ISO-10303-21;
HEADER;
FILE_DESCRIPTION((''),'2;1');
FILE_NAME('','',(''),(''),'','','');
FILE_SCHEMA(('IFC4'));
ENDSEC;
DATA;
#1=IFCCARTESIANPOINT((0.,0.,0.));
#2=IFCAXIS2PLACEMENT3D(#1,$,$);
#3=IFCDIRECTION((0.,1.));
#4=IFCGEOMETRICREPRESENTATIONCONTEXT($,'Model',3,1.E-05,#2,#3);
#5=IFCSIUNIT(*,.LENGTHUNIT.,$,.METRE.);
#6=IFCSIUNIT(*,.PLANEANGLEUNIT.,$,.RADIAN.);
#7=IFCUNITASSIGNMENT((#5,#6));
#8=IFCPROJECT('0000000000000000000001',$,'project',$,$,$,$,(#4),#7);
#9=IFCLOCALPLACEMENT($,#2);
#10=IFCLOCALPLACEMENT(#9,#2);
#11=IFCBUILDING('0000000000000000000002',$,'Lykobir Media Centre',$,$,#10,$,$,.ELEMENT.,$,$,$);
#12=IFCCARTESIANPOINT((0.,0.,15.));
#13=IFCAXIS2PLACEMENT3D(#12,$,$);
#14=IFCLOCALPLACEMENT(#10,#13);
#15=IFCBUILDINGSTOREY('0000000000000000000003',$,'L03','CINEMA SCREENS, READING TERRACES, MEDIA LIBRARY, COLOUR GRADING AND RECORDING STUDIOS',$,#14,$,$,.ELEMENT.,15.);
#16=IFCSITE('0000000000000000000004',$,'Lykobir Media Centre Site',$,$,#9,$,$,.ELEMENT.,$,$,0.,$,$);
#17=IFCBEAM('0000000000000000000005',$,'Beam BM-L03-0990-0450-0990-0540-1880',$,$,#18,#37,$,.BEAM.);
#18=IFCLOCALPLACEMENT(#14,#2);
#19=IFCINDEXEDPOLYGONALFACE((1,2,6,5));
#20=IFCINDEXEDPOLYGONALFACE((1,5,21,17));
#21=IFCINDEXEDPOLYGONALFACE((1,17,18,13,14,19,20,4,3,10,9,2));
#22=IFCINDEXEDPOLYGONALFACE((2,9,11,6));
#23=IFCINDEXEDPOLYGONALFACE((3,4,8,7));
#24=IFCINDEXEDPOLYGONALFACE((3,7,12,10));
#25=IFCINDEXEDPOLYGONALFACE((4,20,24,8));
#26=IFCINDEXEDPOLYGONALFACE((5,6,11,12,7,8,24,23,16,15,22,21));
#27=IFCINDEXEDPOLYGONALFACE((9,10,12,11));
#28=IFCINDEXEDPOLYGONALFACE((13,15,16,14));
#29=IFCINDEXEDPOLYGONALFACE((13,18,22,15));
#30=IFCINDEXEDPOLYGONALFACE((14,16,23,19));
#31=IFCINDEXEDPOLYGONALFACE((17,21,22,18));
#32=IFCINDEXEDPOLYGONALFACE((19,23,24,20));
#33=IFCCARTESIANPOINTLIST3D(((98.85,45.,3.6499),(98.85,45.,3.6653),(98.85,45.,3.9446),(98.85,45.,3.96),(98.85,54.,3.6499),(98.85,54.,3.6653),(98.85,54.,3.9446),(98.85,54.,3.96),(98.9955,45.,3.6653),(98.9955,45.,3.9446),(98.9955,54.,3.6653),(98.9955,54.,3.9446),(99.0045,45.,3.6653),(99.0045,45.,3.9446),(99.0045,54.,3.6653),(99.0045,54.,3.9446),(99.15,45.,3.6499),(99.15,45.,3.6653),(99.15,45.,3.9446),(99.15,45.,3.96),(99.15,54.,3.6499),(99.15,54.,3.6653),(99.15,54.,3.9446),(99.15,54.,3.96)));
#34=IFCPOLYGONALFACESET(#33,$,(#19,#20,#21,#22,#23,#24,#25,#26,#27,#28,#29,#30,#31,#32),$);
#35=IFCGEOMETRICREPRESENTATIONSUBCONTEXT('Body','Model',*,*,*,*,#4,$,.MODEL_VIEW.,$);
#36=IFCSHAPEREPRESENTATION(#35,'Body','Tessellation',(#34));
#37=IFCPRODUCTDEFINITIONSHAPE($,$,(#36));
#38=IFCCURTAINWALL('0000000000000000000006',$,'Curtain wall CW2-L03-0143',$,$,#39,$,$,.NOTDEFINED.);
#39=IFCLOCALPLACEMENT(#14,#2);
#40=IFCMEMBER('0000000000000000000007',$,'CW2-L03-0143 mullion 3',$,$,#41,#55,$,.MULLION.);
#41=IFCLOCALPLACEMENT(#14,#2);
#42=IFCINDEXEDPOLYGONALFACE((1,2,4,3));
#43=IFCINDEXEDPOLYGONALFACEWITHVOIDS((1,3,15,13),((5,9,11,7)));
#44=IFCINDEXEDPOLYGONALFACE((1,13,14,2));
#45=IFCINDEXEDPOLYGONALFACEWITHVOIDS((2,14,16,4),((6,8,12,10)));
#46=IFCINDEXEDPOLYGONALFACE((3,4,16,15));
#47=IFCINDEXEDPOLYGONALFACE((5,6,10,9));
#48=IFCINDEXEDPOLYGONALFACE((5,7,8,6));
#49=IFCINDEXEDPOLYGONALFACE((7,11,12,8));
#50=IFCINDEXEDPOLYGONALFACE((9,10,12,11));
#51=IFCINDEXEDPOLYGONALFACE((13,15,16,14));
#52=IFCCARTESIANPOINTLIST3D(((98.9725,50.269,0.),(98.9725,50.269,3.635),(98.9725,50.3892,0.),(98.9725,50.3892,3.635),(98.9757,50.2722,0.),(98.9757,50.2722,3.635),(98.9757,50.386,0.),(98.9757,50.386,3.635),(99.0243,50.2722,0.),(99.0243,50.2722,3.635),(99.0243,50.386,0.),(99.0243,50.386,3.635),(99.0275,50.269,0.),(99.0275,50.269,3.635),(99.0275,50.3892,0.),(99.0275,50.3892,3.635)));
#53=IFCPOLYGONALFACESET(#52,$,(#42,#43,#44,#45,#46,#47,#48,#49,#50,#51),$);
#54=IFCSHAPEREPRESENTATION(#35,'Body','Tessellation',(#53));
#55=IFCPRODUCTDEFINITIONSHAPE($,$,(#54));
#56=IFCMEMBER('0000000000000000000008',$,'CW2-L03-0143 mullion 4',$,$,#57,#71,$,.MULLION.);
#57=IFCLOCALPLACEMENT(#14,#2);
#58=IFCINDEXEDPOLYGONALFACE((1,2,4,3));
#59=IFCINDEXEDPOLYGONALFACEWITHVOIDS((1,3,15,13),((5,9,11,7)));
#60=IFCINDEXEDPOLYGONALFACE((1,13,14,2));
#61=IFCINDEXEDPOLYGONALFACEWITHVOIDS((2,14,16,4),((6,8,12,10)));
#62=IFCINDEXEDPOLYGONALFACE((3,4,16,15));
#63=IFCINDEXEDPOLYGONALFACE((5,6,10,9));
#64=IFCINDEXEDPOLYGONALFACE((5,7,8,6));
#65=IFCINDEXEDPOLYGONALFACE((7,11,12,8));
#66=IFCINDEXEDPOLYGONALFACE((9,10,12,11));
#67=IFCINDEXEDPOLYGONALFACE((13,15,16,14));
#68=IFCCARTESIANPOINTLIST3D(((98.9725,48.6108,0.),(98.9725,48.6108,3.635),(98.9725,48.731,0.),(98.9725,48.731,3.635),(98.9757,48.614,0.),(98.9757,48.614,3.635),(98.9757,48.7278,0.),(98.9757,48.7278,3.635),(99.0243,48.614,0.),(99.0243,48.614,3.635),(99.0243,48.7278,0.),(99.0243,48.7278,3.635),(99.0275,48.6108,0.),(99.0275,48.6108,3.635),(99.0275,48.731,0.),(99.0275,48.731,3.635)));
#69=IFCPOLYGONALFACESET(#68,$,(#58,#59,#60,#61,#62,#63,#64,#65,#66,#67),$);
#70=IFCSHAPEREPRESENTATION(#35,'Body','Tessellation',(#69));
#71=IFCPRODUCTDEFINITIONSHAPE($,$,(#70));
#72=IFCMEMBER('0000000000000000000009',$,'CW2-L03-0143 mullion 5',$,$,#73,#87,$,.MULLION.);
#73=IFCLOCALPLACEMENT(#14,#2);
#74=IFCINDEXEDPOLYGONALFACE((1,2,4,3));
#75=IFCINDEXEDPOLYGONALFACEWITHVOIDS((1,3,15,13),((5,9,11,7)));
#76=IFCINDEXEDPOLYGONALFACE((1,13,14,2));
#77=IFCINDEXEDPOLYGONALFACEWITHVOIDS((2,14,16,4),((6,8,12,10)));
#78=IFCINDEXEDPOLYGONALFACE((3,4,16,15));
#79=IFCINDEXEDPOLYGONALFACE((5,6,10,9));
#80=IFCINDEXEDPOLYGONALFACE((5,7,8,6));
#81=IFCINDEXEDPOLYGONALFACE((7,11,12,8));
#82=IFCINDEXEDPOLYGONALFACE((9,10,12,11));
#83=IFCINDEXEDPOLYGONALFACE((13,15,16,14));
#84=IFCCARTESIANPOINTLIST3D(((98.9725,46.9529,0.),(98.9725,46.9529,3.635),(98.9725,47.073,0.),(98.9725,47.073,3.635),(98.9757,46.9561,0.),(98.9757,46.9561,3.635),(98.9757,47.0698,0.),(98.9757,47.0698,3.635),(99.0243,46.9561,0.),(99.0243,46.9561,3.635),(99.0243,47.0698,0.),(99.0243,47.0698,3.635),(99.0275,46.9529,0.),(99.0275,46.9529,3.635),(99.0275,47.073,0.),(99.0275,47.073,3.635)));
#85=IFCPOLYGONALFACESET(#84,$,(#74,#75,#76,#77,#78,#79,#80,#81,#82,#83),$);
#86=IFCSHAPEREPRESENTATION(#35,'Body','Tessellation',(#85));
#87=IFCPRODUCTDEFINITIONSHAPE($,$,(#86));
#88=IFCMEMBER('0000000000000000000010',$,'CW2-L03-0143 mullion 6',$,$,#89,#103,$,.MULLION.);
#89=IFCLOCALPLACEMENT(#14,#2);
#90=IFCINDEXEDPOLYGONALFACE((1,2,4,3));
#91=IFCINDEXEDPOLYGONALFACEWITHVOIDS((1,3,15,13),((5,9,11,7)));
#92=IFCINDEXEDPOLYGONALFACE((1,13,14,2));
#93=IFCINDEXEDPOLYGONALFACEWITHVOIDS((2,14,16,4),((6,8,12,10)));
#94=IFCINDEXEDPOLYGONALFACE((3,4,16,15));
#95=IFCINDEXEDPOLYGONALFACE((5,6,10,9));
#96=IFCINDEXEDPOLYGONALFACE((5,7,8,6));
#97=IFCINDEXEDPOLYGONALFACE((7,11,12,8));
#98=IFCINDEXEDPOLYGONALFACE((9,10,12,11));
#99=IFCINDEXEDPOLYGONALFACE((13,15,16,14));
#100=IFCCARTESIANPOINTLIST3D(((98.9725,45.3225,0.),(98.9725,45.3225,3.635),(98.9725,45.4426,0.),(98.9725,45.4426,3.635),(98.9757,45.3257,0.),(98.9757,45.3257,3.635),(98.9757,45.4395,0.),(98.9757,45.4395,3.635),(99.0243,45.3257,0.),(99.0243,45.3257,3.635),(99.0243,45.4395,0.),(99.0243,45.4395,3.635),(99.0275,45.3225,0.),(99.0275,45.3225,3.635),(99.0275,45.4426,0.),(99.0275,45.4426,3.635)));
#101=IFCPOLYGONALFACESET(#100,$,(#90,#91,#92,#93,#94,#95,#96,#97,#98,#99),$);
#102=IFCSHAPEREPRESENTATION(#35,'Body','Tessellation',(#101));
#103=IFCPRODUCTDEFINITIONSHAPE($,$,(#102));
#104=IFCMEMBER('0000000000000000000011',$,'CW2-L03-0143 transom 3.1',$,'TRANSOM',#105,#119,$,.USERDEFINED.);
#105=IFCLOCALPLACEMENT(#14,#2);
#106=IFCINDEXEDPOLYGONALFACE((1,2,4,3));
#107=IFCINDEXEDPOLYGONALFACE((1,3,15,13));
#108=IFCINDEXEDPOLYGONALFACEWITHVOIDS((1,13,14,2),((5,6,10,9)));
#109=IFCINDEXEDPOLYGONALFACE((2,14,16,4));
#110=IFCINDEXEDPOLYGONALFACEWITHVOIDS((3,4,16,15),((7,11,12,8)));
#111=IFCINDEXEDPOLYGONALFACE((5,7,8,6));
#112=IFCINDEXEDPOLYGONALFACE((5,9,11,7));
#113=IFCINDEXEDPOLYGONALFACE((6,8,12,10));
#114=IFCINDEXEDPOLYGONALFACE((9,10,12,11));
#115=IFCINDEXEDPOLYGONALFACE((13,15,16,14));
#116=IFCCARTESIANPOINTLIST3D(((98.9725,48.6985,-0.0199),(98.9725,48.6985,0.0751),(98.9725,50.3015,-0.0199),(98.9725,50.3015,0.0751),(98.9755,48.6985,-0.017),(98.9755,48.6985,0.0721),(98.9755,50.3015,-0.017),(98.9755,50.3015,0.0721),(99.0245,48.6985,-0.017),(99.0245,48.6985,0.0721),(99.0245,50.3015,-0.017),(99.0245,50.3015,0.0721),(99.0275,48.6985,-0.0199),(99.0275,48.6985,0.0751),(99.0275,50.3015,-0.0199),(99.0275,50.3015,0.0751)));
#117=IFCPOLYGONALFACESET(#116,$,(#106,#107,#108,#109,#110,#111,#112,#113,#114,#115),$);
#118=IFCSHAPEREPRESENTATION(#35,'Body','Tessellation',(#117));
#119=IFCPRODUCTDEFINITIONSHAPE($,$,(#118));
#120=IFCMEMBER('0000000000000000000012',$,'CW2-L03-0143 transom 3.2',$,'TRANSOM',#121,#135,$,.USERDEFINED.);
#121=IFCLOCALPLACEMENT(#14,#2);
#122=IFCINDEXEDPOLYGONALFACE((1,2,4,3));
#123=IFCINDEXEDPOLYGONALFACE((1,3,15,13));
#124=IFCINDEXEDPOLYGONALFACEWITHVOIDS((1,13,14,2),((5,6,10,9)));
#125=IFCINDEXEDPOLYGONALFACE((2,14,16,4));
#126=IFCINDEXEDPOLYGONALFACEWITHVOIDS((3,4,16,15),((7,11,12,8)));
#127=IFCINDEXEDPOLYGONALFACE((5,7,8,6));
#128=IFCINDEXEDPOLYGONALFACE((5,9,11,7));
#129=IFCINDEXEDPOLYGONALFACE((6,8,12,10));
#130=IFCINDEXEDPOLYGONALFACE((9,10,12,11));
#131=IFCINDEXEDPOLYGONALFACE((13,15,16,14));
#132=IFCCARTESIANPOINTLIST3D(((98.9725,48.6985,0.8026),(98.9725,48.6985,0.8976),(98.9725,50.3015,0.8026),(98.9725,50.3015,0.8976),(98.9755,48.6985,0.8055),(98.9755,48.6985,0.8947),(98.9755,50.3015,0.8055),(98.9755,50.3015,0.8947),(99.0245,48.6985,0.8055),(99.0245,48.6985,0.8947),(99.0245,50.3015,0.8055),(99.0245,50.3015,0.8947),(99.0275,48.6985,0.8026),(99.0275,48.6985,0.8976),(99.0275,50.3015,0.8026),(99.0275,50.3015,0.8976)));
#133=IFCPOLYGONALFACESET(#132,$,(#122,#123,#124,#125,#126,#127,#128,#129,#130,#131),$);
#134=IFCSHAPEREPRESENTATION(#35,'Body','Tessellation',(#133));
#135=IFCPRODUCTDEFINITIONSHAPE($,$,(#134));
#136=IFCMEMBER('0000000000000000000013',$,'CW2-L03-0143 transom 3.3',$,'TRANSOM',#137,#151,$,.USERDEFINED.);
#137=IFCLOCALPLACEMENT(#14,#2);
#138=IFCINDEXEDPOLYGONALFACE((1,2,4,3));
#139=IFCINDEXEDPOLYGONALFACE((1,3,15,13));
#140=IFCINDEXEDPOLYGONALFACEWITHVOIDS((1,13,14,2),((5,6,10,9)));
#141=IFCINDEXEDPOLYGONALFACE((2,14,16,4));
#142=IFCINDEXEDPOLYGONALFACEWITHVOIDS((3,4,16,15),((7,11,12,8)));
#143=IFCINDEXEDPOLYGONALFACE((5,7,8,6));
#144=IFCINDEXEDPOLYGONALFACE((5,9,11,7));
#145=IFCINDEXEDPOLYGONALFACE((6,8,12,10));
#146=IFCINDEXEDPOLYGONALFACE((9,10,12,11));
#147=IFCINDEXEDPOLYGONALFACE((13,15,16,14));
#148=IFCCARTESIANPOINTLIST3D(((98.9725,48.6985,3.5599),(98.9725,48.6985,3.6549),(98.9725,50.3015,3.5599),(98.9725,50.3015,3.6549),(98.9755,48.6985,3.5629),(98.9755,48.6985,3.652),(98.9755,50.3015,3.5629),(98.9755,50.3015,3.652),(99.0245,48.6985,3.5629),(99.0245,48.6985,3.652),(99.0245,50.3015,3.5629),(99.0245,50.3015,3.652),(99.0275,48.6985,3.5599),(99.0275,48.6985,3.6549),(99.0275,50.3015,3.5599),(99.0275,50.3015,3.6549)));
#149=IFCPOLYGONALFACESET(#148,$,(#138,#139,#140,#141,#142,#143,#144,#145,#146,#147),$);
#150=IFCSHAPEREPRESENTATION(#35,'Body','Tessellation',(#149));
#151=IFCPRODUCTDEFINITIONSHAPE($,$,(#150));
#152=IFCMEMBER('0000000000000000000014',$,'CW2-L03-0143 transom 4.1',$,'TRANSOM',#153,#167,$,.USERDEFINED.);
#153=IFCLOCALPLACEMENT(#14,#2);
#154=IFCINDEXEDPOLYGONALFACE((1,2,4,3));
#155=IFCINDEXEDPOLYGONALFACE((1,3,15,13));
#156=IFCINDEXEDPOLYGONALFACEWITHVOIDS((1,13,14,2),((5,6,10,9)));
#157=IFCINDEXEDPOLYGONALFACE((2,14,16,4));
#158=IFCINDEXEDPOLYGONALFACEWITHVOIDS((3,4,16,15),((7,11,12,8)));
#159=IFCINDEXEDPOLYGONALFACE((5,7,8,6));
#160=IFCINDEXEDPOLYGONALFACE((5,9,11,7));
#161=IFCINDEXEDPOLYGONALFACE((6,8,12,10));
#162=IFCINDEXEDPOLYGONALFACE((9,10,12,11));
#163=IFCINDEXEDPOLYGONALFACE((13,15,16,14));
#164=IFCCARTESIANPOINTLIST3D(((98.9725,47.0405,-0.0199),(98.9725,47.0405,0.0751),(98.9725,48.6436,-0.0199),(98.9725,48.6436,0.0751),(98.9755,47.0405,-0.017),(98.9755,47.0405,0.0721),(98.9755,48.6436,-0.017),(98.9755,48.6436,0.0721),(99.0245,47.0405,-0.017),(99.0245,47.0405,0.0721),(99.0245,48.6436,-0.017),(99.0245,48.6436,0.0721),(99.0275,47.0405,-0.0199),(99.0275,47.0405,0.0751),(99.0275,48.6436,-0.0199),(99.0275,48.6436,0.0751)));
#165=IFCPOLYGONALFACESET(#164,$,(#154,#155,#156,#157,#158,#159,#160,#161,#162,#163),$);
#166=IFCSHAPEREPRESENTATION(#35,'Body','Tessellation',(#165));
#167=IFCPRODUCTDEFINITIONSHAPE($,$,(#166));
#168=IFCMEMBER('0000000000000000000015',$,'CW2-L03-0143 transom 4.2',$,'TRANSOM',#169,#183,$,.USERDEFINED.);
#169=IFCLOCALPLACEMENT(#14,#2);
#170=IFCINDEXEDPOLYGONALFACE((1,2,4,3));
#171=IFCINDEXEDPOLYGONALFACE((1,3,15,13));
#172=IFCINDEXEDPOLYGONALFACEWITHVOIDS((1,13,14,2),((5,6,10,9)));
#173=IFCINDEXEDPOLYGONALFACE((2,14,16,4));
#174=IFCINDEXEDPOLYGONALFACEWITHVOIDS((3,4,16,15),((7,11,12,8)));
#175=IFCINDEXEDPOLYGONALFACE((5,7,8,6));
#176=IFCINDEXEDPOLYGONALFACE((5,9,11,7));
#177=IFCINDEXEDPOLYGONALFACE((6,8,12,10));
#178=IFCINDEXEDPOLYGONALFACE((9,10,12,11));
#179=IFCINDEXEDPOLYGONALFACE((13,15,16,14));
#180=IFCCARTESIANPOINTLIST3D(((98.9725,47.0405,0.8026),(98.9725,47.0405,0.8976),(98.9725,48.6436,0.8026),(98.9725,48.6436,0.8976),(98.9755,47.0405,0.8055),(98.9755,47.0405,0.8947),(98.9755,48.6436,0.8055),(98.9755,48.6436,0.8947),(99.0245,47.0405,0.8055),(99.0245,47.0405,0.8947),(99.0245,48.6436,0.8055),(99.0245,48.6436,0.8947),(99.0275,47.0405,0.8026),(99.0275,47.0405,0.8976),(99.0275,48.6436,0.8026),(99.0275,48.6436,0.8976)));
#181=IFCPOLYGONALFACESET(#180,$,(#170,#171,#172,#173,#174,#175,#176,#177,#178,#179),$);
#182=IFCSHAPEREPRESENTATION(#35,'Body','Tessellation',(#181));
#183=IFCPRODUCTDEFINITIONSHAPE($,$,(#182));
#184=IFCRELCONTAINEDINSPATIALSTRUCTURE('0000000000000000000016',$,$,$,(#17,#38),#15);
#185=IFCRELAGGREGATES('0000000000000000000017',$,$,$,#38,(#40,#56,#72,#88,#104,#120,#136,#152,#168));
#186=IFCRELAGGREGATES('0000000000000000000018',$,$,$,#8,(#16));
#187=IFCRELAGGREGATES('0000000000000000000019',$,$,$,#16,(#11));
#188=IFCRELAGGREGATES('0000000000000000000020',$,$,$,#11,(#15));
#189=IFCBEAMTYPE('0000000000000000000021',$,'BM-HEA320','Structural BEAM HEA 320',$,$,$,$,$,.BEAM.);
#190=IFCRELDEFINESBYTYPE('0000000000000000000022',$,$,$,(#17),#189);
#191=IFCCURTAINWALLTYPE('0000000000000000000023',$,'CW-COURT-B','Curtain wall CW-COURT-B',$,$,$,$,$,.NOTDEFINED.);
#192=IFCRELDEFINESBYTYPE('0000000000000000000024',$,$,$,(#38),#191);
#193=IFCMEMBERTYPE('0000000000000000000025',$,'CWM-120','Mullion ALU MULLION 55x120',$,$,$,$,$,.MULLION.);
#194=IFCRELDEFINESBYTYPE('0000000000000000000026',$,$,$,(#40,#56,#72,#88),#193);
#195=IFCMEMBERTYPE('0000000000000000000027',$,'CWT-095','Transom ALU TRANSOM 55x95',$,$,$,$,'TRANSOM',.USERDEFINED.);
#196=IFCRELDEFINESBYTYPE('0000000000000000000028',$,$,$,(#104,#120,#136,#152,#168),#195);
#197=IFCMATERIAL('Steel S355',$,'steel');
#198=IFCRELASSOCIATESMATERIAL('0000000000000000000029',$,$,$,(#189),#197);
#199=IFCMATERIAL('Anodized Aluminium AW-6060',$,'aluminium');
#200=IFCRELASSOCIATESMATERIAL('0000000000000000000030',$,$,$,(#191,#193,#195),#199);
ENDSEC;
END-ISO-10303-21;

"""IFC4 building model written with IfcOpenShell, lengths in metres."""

from ifc_helpers import new_model, si_unit, direction, frame, origin, origin_2d, place, context, subcontext, project, spatial, hollow_rectangle, i_section, extrude, material, material_profile, profile_set, type_object, element, aggregate, save


model = new_model("IFC4")

# Units and contexts
model_context = context("Model", 3, precision=1e-05, world=origin(), true_north=direction((0.0, 1.0)))
body_context = subcontext(model_context, "Body", "Model", "MODEL_VIEW")
ifc_project = project(units=[si_unit("LENGTHUNIT", "METRE"), si_unit("PLANEANGLEUNIT", "RADIAN")], contexts=[model_context])

# Site, building, storey
site_placement = place(None, origin())
site = spatial("IfcSite", under=ifc_project, at=site_placement, Name="Lykobir Media Centre Site", CompositionType="ELEMENT", RefElevation=0.0)
building_placement = place(site_placement, origin())
building = spatial("IfcBuilding", under=site, at=building_placement, Name="Lykobir Media Centre", CompositionType="ELEMENT")
storey_placement = place(building_placement, frame((0.0, 0.0, 15.0)))
storey = spatial("IfcBuildingStorey", under=building, at=storey_placement, Name="L03", Description="CINEMA SCREENS, READING TERRACES, MEDIA LIBRARY, COLOUR GRADING AND RECORDING STUDIOS", CompositionType="ELEMENT", Elevation=15.0)

# Beam
ifc_material_1 = material(Name="Steel S355", Category="steel")
ifc_material_profile_1 = material_profile(ifc_material_1, i_section(OverallWidth=0.3, OverallDepth=0.3101, WebThickness=0.009, FlangeThickness=0.0154, at=origin_2d()), Name="HEA 320")
ifc_profile_set_1 = profile_set([ifc_material_profile_1], Name="Steel S355")
beam_type = type_object("IfcBeamType", Name="BM-HEA320", Description="Structural BEAM HEA 320", PredefinedType="BEAM", material=ifc_profile_set_1)
beam_placement = place(storey_placement, frame((99.0, 45.0, 3.8049), z_axis=(0.0, 1.0, 0.0), x_axis=(-1.0, 0.0, 0.0)))
element("IfcBeam", 1, at=beam_placement, inside=storey, type_object=beam_type, Name="Beam BM-L03-0990-0450-0990-0540-1880", PredefinedType="BEAM", context=body_context, shape_type="SweptSolid", body=[
    extrude(i_section(OverallWidth=0.3, OverallDepth=0.3101, WebThickness=0.009, FlangeThickness=0.0154, at=origin_2d()), origin(), (0.0, 0.0, 1.0), 9.0),
])

# Curtain wall, members
ifc_material_2 = material(Name="Anodized Aluminium AW-6060", Category="aluminium")
curtain_wall_type = type_object("IfcCurtainWallType", Name="CW-COURT-B", Description="Curtain wall CW-COURT-B", PredefinedType="NOTDEFINED", material=ifc_material_2)
curtain_wall_placement = place(storey_placement, origin())
curtain_wall = element("IfcCurtainWall", 2, at=curtain_wall_placement, inside=storey, type_object=curtain_wall_type, Name="Curtain wall CW2-L03-0143", PredefinedType="NOTDEFINED")
ifc_material_profile_2 = material_profile(ifc_material_2, hollow_rectangle(XDim=0.0549, YDim=0.1201, WallThickness=0.0032, at=origin_2d()), Name="ALU MULLION 55x120")
ifc_profile_set_2 = profile_set([ifc_material_profile_2], Name="Anodized Aluminium AW-6060")
member_type_1 = type_object("IfcMemberType", Name="CWM-120", Description="Mullion ALU MULLION 55x120", PredefinedType="MULLION", material=ifc_profile_set_2)
member_1_placement = place(storey_placement, frame((99.0, 50.3291, 0.0), z_axis=(0.0, 0.0, 1.0), x_axis=(1.0, 0.0, 0.0)))
member_1 = element("IfcMember", 3, at=member_1_placement, type_object=member_type_1, Name="CW2-L03-0143 mullion 3", PredefinedType="MULLION", context=body_context, shape_type="SweptSolid", body=[
    extrude(hollow_rectangle(XDim=0.0549, YDim=0.1201, WallThickness=0.0032, at=origin_2d()), origin(), (0.0, 0.0, 1.0), 3.635),
])
member_2_placement = place(storey_placement, frame((99.0, 48.6709, 0.0), z_axis=(0.0, 0.0, 1.0), x_axis=(1.0, 0.0, 0.0)))
member_2 = element("IfcMember", 4, at=member_2_placement, type_object=member_type_1, Name="CW2-L03-0143 mullion 4", PredefinedType="MULLION", context=body_context, shape_type="SweptSolid", body=[
    extrude(hollow_rectangle(XDim=0.0549, YDim=0.1201, WallThickness=0.0032, at=origin_2d()), origin(), (0.0, 0.0, 1.0), 3.635),
])
member_3_placement = place(storey_placement, frame((99.0, 47.0129, 0.0), z_axis=(0.0, 0.0, 1.0), x_axis=(1.0, 0.0, 0.0)))
member_3 = element("IfcMember", 5, at=member_3_placement, type_object=member_type_1, Name="CW2-L03-0143 mullion 5", PredefinedType="MULLION", context=body_context, shape_type="SweptSolid", body=[
    extrude(hollow_rectangle(XDim=0.0549, YDim=0.1201, WallThickness=0.0032, at=origin_2d()), origin(), (0.0, 0.0, 1.0), 3.635),
])
member_4_placement = place(storey_placement, frame((99.0, 45.3826, 0.0), z_axis=(0.0, 0.0, 1.0), x_axis=(1.0, 0.0, 0.0)))
member_4 = element("IfcMember", 6, at=member_4_placement, type_object=member_type_1, Name="CW2-L03-0143 mullion 6", PredefinedType="MULLION", context=body_context, shape_type="SweptSolid", body=[
    extrude(hollow_rectangle(XDim=0.0549, YDim=0.1201, WallThickness=0.0032, at=origin_2d()), origin(), (0.0, 0.0, 1.0), 3.635),
])
ifc_material_profile_3 = material_profile(ifc_material_2, hollow_rectangle(XDim=0.0549, YDim=0.095, WallThickness=0.0029, at=origin_2d()), Name="ALU TRANSOM 55x95")
ifc_profile_set_3 = profile_set([ifc_material_profile_3], Name="Anodized Aluminium AW-6060")
member_type_2 = type_object("IfcMemberType", Name="CWT-095", Description="Transom ALU TRANSOM 55x95", ElementType="TRANSOM", PredefinedType="USERDEFINED", material=ifc_profile_set_3)
member_5_placement = place(storey_placement, frame((99.0, 50.3015, 0.0276), z_axis=(0.0, -1.0, 0.0), x_axis=(1.0, 0.0, 0.0)))
member_5 = element("IfcMember", 7, at=member_5_placement, type_object=member_type_2, Name="CW2-L03-0143 transom 3.1", ObjectType="TRANSOM", PredefinedType="USERDEFINED", context=body_context, shape_type="SweptSolid", body=[
    extrude(hollow_rectangle(XDim=0.0549, YDim=0.095, WallThickness=0.0029, at=origin_2d()), origin(), (0.0, 0.0, 1.0), 1.603),
])
member_6_placement = place(storey_placement, frame((99.0, 50.3015, 0.8501), z_axis=(0.0, -1.0, 0.0), x_axis=(1.0, 0.0, 0.0)))
member_6 = element("IfcMember", 8, at=member_6_placement, type_object=member_type_2, Name="CW2-L03-0143 transom 3.2", ObjectType="TRANSOM", PredefinedType="USERDEFINED", context=body_context, shape_type="SweptSolid", body=[
    extrude(hollow_rectangle(XDim=0.0549, YDim=0.095, WallThickness=0.0029, at=origin_2d()), origin(), (0.0, 0.0, 1.0), 1.603),
])
member_7_placement = place(storey_placement, frame((99.0, 50.3015, 3.6074), z_axis=(0.0, -1.0, 0.0), x_axis=(1.0, 0.0, 0.0)))
member_7 = element("IfcMember", 9, at=member_7_placement, type_object=member_type_2, Name="CW2-L03-0143 transom 3.3", ObjectType="TRANSOM", PredefinedType="USERDEFINED", context=body_context, shape_type="SweptSolid", body=[
    extrude(hollow_rectangle(XDim=0.0549, YDim=0.095, WallThickness=0.0029, at=origin_2d()), origin(), (0.0, 0.0, 1.0), 1.603),
])
member_8_placement = place(storey_placement, frame((99.0, 48.6436, 0.0276), z_axis=(0.0, -1.0, 0.0), x_axis=(1.0, 0.0, 0.0)))
member_8 = element("IfcMember", 10, at=member_8_placement, type_object=member_type_2, Name="CW2-L03-0143 transom 4.1", ObjectType="TRANSOM", PredefinedType="USERDEFINED", context=body_context, shape_type="SweptSolid", body=[
    extrude(hollow_rectangle(XDim=0.0549, YDim=0.095, WallThickness=0.0029, at=origin_2d()), origin(), (0.0, 0.0, 1.0), 1.603),
])
member_9_placement = place(storey_placement, frame((99.0, 48.6436, 0.8501), z_axis=(0.0, -1.0, 0.0), x_axis=(1.0, 0.0, 0.0)))
member_9 = element("IfcMember", 11, at=member_9_placement, type_object=member_type_2, Name="CW2-L03-0143 transom 4.2", ObjectType="TRANSOM", PredefinedType="USERDEFINED", context=body_context, shape_type="SweptSolid", body=[
    extrude(hollow_rectangle(XDim=0.0549, YDim=0.095, WallThickness=0.0029, at=origin_2d()), origin(), (0.0, 0.0, 1.0), 1.603),
])
aggregate(curtain_wall, [member_1, member_2, member_3, member_4, member_5, member_6, member_7, member_8, member_9])

save(model, "model.ifc")
